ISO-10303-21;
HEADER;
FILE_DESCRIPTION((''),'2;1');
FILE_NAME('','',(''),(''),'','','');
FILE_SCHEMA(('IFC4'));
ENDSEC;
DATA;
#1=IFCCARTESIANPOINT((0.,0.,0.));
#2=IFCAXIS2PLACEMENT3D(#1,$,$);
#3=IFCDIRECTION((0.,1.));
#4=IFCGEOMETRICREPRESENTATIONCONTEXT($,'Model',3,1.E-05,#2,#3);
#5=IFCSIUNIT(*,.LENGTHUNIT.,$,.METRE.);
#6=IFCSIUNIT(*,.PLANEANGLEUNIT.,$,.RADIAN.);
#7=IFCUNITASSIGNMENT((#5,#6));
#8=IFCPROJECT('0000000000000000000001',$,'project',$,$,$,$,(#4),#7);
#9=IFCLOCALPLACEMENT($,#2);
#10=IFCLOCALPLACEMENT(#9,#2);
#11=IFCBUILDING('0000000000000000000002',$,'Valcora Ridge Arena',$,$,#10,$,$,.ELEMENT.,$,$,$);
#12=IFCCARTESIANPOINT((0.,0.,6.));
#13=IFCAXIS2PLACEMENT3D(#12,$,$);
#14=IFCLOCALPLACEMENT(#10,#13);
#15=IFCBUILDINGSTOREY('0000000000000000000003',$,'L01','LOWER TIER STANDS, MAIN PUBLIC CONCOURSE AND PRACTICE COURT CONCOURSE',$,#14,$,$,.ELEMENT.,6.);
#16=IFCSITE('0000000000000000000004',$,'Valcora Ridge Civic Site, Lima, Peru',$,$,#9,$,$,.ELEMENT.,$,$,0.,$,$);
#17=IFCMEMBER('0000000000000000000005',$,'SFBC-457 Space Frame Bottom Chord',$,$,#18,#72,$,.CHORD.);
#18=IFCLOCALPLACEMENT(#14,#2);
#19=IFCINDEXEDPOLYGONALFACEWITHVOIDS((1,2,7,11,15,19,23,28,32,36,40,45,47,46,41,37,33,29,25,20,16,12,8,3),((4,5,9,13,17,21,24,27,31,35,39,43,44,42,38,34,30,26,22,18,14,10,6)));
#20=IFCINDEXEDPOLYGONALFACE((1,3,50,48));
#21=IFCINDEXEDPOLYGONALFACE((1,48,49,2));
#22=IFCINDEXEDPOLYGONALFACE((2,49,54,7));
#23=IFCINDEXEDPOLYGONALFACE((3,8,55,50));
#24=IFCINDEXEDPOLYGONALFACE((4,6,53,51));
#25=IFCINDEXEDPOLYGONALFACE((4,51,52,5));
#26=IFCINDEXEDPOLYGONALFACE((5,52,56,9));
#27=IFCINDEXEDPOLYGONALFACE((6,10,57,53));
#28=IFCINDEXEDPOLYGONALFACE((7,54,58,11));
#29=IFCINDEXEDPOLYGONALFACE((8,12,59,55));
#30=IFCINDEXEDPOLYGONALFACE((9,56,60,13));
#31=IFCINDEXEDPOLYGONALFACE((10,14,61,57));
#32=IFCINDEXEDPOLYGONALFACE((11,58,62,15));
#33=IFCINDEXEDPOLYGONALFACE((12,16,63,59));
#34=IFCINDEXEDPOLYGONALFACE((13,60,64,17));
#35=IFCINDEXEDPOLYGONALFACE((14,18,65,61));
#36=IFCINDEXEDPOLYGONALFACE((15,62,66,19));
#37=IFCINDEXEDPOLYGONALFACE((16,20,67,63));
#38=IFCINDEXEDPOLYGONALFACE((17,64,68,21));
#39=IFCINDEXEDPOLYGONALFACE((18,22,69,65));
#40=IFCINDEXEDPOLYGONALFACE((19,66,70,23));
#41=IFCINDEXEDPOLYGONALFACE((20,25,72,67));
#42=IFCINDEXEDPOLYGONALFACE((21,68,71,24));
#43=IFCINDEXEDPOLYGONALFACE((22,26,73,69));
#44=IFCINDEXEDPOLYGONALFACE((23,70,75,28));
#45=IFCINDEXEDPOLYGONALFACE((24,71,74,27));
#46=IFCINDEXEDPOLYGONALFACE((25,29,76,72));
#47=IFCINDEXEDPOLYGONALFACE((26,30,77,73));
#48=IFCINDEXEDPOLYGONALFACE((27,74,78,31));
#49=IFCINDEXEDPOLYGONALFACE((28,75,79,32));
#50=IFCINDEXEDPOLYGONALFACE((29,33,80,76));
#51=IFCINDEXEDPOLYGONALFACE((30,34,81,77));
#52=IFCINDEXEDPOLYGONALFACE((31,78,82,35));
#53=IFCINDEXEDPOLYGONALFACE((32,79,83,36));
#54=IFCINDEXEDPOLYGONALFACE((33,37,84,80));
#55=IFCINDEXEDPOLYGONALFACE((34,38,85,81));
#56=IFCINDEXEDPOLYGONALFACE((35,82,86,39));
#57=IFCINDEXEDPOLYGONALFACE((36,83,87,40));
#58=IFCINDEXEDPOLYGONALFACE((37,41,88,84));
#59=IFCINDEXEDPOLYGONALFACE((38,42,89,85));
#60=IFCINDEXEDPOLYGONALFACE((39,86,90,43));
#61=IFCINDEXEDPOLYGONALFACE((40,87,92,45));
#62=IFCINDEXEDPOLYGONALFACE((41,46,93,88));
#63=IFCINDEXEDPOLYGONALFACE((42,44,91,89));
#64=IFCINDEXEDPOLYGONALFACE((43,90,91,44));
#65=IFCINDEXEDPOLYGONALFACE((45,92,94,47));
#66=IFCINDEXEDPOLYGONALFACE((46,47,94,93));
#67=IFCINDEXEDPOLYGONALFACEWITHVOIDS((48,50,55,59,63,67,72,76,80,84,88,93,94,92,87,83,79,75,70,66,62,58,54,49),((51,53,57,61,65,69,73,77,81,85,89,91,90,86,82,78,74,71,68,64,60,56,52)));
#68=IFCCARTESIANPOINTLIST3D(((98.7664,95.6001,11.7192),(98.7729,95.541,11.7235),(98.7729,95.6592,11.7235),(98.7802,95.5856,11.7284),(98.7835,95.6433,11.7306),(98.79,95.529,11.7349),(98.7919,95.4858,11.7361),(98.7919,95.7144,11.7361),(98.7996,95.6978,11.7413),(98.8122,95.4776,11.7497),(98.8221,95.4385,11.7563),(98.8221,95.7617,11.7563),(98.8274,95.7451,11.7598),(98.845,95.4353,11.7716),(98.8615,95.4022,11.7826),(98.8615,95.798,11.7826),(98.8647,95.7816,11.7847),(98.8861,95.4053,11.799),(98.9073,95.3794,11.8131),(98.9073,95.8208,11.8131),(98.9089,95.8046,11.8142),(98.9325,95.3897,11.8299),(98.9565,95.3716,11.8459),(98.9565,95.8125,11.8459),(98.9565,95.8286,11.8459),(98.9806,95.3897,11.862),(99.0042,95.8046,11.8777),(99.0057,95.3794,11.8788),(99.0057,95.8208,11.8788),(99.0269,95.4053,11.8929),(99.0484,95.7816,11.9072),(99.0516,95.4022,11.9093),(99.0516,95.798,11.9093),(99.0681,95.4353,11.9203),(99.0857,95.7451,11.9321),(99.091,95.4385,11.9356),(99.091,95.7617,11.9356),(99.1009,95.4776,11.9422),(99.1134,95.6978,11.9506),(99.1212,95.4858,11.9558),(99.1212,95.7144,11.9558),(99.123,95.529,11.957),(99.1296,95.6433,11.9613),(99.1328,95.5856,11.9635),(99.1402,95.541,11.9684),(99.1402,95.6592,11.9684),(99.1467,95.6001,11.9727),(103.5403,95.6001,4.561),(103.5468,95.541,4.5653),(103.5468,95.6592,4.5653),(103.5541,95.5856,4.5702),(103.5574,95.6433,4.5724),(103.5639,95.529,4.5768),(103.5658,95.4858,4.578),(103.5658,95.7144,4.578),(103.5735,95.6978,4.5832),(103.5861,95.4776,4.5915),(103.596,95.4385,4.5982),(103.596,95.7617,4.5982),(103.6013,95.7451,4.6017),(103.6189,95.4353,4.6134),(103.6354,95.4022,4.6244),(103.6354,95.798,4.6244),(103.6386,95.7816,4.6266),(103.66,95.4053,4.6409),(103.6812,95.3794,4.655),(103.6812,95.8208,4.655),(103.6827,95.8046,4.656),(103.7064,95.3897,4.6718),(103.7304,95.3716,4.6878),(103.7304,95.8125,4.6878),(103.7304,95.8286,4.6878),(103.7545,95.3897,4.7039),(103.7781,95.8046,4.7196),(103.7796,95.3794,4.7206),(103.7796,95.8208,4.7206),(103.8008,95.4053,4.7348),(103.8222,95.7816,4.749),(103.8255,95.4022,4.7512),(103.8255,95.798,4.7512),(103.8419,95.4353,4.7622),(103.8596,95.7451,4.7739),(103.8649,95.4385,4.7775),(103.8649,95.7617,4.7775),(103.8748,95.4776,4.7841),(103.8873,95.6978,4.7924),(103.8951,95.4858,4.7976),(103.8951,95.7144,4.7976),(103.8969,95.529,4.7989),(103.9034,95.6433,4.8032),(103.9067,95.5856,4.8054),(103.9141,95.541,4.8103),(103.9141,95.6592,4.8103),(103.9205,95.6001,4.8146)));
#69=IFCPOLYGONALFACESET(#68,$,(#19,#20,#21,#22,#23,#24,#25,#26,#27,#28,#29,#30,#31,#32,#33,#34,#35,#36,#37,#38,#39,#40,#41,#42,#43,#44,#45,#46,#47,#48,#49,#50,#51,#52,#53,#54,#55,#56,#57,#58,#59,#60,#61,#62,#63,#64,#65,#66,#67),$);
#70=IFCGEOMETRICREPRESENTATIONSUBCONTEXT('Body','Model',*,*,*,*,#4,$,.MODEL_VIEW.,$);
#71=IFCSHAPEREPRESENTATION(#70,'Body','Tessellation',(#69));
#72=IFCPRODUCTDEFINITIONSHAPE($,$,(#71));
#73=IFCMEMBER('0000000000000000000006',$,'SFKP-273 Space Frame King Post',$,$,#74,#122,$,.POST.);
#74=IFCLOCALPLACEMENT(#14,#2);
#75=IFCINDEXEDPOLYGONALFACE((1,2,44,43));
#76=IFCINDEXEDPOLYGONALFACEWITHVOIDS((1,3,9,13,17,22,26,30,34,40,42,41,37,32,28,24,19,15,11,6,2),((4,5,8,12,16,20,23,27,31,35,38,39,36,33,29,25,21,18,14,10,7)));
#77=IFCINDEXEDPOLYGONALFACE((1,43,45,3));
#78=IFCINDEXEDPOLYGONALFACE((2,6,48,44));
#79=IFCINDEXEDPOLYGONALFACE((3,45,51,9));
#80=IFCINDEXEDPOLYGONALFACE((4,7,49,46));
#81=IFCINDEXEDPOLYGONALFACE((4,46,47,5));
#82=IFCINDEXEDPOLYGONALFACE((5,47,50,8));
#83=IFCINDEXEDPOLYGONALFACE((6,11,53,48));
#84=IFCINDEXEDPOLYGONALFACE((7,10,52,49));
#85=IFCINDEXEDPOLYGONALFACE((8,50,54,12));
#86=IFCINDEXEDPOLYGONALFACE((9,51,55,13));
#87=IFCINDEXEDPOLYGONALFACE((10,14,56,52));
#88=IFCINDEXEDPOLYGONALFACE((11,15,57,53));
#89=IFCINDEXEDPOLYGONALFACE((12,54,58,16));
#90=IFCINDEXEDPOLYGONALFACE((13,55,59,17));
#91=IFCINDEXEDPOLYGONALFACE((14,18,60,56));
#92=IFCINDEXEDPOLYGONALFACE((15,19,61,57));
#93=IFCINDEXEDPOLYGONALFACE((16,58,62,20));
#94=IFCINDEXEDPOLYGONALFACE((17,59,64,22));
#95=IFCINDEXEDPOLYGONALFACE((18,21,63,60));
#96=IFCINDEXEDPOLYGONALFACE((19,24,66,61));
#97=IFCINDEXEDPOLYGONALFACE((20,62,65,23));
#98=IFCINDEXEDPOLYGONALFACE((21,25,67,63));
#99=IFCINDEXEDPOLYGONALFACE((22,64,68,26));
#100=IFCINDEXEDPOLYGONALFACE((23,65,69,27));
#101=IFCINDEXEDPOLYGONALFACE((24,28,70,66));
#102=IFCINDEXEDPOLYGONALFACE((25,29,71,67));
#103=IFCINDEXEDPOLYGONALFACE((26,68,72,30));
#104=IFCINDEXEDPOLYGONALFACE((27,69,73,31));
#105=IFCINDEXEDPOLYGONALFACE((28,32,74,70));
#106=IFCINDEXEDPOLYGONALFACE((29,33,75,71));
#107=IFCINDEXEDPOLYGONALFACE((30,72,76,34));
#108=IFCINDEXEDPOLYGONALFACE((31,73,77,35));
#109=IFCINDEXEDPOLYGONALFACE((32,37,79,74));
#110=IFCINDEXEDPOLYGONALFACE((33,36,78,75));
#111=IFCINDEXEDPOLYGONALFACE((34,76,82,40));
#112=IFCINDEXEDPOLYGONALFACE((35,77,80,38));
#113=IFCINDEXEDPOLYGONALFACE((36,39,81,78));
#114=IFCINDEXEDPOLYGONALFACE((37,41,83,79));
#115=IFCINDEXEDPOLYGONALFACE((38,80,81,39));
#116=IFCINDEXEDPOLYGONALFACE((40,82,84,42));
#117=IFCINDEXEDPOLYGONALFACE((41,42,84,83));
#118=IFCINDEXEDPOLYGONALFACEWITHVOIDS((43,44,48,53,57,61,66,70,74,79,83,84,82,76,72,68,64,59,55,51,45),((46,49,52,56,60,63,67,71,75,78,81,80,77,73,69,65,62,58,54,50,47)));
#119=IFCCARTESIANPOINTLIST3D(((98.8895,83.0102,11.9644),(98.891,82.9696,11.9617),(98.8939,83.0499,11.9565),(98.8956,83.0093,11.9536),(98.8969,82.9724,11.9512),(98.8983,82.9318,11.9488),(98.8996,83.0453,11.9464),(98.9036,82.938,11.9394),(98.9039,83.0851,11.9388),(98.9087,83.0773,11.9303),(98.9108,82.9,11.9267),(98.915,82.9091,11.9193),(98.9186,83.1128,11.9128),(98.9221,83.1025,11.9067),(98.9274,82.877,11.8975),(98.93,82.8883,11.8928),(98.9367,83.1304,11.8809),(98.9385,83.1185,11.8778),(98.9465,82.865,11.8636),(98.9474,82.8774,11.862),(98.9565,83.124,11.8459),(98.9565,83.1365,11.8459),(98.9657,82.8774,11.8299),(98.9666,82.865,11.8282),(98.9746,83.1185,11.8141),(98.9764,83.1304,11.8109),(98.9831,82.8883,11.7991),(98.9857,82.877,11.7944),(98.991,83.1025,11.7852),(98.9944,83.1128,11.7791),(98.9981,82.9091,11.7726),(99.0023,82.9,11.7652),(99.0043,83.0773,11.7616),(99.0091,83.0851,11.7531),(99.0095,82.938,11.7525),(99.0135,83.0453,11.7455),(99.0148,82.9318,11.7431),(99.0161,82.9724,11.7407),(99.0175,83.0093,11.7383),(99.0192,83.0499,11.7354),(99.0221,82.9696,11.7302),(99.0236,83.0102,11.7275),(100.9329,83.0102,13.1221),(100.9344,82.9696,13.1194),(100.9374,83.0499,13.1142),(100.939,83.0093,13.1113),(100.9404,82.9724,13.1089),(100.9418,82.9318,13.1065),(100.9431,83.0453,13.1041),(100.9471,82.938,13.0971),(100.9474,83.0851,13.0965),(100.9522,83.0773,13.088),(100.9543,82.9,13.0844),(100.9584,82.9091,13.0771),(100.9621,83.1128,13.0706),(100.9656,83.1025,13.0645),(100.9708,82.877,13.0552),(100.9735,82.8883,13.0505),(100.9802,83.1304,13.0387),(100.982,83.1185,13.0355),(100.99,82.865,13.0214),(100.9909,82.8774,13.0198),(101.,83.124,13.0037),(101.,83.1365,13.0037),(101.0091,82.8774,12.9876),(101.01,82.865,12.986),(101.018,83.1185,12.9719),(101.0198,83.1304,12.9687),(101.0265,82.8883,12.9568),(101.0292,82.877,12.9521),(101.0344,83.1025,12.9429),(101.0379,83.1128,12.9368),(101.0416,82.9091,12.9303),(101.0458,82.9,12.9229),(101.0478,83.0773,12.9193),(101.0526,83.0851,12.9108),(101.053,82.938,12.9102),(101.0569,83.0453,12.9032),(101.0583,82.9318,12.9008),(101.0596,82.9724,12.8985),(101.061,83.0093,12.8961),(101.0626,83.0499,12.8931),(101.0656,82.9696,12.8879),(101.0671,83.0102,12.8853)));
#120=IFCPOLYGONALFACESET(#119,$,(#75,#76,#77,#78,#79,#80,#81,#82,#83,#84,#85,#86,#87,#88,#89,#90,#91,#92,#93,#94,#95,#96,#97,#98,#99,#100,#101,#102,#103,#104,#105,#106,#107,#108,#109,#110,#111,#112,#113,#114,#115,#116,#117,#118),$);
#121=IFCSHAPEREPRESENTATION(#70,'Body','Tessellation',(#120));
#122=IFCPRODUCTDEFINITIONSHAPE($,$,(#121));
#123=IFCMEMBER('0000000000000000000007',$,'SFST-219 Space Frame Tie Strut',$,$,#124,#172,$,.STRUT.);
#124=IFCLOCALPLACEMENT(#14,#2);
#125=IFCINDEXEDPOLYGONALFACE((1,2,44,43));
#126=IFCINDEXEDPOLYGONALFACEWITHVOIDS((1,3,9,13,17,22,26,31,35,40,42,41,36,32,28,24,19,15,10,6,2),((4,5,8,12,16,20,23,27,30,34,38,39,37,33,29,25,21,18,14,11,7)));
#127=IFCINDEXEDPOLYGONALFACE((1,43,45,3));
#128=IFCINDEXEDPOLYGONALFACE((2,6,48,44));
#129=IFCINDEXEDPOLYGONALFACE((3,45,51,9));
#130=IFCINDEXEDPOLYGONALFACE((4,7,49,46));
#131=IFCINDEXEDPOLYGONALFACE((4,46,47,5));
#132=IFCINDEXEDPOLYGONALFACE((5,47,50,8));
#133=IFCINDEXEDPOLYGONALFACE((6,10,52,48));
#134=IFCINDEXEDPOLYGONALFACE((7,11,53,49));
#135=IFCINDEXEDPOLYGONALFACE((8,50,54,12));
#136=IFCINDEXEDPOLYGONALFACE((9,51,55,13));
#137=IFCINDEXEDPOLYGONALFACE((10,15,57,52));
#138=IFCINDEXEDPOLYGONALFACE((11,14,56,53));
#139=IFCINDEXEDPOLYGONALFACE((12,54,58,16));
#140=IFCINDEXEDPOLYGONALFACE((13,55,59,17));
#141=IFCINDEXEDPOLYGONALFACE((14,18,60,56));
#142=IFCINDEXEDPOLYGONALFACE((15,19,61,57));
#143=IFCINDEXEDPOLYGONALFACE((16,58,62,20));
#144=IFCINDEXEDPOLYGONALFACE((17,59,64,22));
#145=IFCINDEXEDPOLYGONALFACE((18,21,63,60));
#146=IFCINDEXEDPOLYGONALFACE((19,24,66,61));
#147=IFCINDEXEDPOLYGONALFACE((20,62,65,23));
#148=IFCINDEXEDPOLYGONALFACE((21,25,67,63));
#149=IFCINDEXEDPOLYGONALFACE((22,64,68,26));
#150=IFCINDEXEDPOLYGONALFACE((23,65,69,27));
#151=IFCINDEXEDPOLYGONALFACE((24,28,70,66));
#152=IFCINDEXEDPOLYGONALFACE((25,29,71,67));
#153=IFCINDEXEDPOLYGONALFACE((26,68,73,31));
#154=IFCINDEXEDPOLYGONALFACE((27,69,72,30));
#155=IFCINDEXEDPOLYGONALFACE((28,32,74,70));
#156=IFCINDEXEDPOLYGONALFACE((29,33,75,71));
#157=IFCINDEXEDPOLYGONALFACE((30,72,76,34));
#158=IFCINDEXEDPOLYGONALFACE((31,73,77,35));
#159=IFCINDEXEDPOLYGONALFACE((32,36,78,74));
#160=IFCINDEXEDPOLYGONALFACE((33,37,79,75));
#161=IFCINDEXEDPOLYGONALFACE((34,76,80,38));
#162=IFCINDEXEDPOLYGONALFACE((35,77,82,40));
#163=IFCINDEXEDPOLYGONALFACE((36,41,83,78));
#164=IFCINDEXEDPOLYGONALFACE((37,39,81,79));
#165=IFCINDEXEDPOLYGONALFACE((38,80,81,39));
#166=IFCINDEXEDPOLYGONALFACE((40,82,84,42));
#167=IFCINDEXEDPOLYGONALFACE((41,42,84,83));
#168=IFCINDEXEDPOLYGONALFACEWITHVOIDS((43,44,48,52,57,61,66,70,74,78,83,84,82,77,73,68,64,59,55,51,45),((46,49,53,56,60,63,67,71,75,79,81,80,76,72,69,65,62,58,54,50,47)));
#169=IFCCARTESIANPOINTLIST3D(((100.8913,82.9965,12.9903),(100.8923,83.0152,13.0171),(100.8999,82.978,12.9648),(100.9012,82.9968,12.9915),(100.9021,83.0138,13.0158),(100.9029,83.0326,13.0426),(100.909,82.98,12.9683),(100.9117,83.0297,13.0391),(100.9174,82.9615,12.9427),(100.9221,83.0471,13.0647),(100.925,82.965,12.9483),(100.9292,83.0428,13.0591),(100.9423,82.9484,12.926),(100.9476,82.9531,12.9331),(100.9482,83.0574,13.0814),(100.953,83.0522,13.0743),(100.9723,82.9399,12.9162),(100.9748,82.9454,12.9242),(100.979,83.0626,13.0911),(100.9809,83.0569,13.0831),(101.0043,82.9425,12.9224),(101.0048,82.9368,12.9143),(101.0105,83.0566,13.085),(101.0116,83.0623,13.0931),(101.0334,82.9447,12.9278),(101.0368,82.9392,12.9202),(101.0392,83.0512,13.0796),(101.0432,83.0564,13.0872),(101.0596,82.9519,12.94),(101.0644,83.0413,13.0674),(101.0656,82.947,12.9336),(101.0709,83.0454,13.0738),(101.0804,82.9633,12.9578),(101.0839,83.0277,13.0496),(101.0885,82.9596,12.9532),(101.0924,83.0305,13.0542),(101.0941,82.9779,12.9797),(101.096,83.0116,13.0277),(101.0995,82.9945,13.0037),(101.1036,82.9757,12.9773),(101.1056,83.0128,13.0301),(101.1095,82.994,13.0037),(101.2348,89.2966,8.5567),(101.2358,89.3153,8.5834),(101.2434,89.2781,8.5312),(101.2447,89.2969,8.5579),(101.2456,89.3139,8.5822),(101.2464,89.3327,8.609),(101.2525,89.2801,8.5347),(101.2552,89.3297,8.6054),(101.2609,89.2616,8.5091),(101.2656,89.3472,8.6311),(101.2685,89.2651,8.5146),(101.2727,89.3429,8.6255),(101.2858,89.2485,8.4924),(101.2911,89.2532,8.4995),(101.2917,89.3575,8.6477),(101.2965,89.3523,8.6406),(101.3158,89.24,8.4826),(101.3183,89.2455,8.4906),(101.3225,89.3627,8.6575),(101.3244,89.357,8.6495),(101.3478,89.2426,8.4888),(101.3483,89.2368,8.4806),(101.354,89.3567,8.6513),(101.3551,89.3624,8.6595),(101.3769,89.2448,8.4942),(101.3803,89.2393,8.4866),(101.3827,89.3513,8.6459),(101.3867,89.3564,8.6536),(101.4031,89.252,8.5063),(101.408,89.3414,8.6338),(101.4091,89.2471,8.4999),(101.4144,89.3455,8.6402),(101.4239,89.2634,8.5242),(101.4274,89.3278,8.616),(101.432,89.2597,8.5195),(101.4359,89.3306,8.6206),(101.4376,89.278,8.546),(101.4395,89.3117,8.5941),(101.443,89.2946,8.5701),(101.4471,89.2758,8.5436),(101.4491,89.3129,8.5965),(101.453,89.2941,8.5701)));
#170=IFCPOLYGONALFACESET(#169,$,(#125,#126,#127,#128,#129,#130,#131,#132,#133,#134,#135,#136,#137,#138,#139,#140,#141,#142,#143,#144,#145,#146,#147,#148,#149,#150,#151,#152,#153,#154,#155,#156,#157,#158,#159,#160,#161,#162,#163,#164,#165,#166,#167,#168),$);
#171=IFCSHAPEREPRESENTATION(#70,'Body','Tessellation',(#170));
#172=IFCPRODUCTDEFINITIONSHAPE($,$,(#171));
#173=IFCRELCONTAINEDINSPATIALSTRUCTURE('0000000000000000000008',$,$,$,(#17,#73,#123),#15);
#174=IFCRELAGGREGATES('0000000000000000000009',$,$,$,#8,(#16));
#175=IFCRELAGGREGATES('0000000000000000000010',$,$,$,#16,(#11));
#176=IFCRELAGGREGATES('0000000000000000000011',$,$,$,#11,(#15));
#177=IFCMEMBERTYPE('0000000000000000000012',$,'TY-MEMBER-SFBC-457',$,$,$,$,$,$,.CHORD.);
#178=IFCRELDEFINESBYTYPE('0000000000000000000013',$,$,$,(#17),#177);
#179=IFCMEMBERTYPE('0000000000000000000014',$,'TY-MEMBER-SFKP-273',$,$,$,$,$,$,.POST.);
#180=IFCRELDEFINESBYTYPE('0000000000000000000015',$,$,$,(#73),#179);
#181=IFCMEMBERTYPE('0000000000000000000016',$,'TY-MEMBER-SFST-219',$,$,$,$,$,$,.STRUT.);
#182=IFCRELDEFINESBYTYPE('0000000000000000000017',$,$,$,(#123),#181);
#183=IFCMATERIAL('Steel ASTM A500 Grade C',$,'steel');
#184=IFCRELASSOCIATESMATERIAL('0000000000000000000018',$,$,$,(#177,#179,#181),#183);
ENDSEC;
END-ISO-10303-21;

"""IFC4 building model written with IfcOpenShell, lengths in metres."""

from ifc_helpers import new_model, si_unit, direction, frame, origin, origin_2d, place, context, subcontext, project, spatial, hollow_circle, extrude, material, material_profile, profile_set, type_object, element, save


model = new_model("IFC4")

# Units and contexts
model_context = context("Model", 3, precision=1e-05, world=origin(), true_north=direction((0.0, 1.0)))
body_context = subcontext(model_context, "Body", "Model", "MODEL_VIEW")
ifc_project = project(units=[si_unit("LENGTHUNIT", "METRE"), si_unit("PLANEANGLEUNIT", "RADIAN")], contexts=[model_context])

# Site, building, storey
site_placement = place(None, origin())
site = spatial("IfcSite", under=ifc_project, at=site_placement, Name="Valcora Ridge Civic Site, Lima, Peru", CompositionType="ELEMENT", RefElevation=0.0)
building_placement = place(site_placement, origin())
building = spatial("IfcBuilding", under=site, at=building_placement, Name="Valcora Ridge Arena", CompositionType="ELEMENT")
storey_placement = place(building_placement, frame((0.0, 0.0, 6.0)))
storey = spatial("IfcBuildingStorey", under=building, at=storey_placement, Name="L01", Description="LOWER TIER STANDS, MAIN PUBLIC CONCOURSE AND PRACTICE COURT CONCOURSE", CompositionType="ELEMENT", Elevation=6.0)

# Members
ifc_material_1 = material(Name="Steel ASTM A500 Grade C", Category="steel")
ifc_material_profile_1 = material_profile(ifc_material_1, hollow_circle(Radius=0.2285, WallThickness=0.0161, at=origin_2d()), Name="CHS457X16")
ifc_profile_set_1 = profile_set([ifc_material_profile_1], Name="Steel ASTM A500 Grade C")
member_type_1 = type_object("IfcMemberType", Name="TY-MEMBER-SFBC-457", PredefinedType="CHORD", material=ifc_profile_set_1)
for number, where, z_axis, x_axis, name in (
    (1, (98.9565, 95.6001, 11.8459), (0.554844, 0.0, -0.831954), (0.0, 1.0, 0.0), "SFBC-457 Space Frame Bottom Chord"),
):
    element("IfcMember", number, at=place(storey_placement, frame(where, z_axis=z_axis, x_axis=x_axis)), inside=storey, type_object=member_type_1, Name=name, PredefinedType="CHORD", context=body_context, shape_type="SweptSolid", body=[
        extrude(hollow_circle(Radius=0.2285, WallThickness=0.0161, at=origin_2d()), origin(), (0.0, 0.0, 1.0), 8.604),
    ])
ifc_material_profile_2 = material_profile(ifc_material_1, hollow_circle(Radius=0.1365, WallThickness=0.0125, at=origin_2d()), Name="CHS273X12")
ifc_profile_set_2 = profile_set([ifc_material_profile_2], Name="Steel ASTM A500 Grade C")
member_type_2 = type_object("IfcMemberType", Name="TY-MEMBER-SFKP-273", PredefinedType="POST", material=ifc_profile_set_2)
member_1_placement = place(storey_placement, frame((98.9565, 83.0, 11.8459), z_axis=(0.870067, 0.0, 0.492934), x_axis=(0.0, 1.0, 0.0)))
element("IfcMember", 2, at=member_1_placement, inside=storey, type_object=member_type_2, Name="SFKP-273 Space Frame King Post", PredefinedType="POST", context=body_context, shape_type="SweptSolid", body=[
    extrude(hollow_circle(Radius=0.1365, WallThickness=0.0125, at=origin_2d()), origin(), (0.0, 0.0, 1.0), 2.3486),
])
ifc_material_profile_3 = material_profile(ifc_material_1, hollow_circle(Radius=0.1096, WallThickness=0.01, at=origin_2d()), Name="CHS219X10")
ifc_profile_set_3 = profile_set([ifc_material_profile_3], Name="Steel ASTM A500 Grade C")
member_type_3 = type_object("IfcMemberType", Name="TY-MEMBER-SFST-219", PredefinedType="STRUT", material=ifc_profile_set_3)
member_2_placement = place(storey_placement, frame((101.3435, 89.3, 8.5701), z_axis=(-0.044545, -0.816981, 0.574942), x_axis=(0.998517, -0.054443, 0.0)))
element("IfcMember", 3, at=member_2_placement, inside=storey, type_object=member_type_3, Name="SFST-219 Space Frame Tie Strut", PredefinedType="STRUT", context=body_context, shape_type="SweptSolid", body=[
    extrude(hollow_circle(Radius=0.1096, WallThickness=0.01, at=origin_2d()), origin(), (0.0, 0.0, 1.0), 7.7114),
])

save(model, "model.ifc")
